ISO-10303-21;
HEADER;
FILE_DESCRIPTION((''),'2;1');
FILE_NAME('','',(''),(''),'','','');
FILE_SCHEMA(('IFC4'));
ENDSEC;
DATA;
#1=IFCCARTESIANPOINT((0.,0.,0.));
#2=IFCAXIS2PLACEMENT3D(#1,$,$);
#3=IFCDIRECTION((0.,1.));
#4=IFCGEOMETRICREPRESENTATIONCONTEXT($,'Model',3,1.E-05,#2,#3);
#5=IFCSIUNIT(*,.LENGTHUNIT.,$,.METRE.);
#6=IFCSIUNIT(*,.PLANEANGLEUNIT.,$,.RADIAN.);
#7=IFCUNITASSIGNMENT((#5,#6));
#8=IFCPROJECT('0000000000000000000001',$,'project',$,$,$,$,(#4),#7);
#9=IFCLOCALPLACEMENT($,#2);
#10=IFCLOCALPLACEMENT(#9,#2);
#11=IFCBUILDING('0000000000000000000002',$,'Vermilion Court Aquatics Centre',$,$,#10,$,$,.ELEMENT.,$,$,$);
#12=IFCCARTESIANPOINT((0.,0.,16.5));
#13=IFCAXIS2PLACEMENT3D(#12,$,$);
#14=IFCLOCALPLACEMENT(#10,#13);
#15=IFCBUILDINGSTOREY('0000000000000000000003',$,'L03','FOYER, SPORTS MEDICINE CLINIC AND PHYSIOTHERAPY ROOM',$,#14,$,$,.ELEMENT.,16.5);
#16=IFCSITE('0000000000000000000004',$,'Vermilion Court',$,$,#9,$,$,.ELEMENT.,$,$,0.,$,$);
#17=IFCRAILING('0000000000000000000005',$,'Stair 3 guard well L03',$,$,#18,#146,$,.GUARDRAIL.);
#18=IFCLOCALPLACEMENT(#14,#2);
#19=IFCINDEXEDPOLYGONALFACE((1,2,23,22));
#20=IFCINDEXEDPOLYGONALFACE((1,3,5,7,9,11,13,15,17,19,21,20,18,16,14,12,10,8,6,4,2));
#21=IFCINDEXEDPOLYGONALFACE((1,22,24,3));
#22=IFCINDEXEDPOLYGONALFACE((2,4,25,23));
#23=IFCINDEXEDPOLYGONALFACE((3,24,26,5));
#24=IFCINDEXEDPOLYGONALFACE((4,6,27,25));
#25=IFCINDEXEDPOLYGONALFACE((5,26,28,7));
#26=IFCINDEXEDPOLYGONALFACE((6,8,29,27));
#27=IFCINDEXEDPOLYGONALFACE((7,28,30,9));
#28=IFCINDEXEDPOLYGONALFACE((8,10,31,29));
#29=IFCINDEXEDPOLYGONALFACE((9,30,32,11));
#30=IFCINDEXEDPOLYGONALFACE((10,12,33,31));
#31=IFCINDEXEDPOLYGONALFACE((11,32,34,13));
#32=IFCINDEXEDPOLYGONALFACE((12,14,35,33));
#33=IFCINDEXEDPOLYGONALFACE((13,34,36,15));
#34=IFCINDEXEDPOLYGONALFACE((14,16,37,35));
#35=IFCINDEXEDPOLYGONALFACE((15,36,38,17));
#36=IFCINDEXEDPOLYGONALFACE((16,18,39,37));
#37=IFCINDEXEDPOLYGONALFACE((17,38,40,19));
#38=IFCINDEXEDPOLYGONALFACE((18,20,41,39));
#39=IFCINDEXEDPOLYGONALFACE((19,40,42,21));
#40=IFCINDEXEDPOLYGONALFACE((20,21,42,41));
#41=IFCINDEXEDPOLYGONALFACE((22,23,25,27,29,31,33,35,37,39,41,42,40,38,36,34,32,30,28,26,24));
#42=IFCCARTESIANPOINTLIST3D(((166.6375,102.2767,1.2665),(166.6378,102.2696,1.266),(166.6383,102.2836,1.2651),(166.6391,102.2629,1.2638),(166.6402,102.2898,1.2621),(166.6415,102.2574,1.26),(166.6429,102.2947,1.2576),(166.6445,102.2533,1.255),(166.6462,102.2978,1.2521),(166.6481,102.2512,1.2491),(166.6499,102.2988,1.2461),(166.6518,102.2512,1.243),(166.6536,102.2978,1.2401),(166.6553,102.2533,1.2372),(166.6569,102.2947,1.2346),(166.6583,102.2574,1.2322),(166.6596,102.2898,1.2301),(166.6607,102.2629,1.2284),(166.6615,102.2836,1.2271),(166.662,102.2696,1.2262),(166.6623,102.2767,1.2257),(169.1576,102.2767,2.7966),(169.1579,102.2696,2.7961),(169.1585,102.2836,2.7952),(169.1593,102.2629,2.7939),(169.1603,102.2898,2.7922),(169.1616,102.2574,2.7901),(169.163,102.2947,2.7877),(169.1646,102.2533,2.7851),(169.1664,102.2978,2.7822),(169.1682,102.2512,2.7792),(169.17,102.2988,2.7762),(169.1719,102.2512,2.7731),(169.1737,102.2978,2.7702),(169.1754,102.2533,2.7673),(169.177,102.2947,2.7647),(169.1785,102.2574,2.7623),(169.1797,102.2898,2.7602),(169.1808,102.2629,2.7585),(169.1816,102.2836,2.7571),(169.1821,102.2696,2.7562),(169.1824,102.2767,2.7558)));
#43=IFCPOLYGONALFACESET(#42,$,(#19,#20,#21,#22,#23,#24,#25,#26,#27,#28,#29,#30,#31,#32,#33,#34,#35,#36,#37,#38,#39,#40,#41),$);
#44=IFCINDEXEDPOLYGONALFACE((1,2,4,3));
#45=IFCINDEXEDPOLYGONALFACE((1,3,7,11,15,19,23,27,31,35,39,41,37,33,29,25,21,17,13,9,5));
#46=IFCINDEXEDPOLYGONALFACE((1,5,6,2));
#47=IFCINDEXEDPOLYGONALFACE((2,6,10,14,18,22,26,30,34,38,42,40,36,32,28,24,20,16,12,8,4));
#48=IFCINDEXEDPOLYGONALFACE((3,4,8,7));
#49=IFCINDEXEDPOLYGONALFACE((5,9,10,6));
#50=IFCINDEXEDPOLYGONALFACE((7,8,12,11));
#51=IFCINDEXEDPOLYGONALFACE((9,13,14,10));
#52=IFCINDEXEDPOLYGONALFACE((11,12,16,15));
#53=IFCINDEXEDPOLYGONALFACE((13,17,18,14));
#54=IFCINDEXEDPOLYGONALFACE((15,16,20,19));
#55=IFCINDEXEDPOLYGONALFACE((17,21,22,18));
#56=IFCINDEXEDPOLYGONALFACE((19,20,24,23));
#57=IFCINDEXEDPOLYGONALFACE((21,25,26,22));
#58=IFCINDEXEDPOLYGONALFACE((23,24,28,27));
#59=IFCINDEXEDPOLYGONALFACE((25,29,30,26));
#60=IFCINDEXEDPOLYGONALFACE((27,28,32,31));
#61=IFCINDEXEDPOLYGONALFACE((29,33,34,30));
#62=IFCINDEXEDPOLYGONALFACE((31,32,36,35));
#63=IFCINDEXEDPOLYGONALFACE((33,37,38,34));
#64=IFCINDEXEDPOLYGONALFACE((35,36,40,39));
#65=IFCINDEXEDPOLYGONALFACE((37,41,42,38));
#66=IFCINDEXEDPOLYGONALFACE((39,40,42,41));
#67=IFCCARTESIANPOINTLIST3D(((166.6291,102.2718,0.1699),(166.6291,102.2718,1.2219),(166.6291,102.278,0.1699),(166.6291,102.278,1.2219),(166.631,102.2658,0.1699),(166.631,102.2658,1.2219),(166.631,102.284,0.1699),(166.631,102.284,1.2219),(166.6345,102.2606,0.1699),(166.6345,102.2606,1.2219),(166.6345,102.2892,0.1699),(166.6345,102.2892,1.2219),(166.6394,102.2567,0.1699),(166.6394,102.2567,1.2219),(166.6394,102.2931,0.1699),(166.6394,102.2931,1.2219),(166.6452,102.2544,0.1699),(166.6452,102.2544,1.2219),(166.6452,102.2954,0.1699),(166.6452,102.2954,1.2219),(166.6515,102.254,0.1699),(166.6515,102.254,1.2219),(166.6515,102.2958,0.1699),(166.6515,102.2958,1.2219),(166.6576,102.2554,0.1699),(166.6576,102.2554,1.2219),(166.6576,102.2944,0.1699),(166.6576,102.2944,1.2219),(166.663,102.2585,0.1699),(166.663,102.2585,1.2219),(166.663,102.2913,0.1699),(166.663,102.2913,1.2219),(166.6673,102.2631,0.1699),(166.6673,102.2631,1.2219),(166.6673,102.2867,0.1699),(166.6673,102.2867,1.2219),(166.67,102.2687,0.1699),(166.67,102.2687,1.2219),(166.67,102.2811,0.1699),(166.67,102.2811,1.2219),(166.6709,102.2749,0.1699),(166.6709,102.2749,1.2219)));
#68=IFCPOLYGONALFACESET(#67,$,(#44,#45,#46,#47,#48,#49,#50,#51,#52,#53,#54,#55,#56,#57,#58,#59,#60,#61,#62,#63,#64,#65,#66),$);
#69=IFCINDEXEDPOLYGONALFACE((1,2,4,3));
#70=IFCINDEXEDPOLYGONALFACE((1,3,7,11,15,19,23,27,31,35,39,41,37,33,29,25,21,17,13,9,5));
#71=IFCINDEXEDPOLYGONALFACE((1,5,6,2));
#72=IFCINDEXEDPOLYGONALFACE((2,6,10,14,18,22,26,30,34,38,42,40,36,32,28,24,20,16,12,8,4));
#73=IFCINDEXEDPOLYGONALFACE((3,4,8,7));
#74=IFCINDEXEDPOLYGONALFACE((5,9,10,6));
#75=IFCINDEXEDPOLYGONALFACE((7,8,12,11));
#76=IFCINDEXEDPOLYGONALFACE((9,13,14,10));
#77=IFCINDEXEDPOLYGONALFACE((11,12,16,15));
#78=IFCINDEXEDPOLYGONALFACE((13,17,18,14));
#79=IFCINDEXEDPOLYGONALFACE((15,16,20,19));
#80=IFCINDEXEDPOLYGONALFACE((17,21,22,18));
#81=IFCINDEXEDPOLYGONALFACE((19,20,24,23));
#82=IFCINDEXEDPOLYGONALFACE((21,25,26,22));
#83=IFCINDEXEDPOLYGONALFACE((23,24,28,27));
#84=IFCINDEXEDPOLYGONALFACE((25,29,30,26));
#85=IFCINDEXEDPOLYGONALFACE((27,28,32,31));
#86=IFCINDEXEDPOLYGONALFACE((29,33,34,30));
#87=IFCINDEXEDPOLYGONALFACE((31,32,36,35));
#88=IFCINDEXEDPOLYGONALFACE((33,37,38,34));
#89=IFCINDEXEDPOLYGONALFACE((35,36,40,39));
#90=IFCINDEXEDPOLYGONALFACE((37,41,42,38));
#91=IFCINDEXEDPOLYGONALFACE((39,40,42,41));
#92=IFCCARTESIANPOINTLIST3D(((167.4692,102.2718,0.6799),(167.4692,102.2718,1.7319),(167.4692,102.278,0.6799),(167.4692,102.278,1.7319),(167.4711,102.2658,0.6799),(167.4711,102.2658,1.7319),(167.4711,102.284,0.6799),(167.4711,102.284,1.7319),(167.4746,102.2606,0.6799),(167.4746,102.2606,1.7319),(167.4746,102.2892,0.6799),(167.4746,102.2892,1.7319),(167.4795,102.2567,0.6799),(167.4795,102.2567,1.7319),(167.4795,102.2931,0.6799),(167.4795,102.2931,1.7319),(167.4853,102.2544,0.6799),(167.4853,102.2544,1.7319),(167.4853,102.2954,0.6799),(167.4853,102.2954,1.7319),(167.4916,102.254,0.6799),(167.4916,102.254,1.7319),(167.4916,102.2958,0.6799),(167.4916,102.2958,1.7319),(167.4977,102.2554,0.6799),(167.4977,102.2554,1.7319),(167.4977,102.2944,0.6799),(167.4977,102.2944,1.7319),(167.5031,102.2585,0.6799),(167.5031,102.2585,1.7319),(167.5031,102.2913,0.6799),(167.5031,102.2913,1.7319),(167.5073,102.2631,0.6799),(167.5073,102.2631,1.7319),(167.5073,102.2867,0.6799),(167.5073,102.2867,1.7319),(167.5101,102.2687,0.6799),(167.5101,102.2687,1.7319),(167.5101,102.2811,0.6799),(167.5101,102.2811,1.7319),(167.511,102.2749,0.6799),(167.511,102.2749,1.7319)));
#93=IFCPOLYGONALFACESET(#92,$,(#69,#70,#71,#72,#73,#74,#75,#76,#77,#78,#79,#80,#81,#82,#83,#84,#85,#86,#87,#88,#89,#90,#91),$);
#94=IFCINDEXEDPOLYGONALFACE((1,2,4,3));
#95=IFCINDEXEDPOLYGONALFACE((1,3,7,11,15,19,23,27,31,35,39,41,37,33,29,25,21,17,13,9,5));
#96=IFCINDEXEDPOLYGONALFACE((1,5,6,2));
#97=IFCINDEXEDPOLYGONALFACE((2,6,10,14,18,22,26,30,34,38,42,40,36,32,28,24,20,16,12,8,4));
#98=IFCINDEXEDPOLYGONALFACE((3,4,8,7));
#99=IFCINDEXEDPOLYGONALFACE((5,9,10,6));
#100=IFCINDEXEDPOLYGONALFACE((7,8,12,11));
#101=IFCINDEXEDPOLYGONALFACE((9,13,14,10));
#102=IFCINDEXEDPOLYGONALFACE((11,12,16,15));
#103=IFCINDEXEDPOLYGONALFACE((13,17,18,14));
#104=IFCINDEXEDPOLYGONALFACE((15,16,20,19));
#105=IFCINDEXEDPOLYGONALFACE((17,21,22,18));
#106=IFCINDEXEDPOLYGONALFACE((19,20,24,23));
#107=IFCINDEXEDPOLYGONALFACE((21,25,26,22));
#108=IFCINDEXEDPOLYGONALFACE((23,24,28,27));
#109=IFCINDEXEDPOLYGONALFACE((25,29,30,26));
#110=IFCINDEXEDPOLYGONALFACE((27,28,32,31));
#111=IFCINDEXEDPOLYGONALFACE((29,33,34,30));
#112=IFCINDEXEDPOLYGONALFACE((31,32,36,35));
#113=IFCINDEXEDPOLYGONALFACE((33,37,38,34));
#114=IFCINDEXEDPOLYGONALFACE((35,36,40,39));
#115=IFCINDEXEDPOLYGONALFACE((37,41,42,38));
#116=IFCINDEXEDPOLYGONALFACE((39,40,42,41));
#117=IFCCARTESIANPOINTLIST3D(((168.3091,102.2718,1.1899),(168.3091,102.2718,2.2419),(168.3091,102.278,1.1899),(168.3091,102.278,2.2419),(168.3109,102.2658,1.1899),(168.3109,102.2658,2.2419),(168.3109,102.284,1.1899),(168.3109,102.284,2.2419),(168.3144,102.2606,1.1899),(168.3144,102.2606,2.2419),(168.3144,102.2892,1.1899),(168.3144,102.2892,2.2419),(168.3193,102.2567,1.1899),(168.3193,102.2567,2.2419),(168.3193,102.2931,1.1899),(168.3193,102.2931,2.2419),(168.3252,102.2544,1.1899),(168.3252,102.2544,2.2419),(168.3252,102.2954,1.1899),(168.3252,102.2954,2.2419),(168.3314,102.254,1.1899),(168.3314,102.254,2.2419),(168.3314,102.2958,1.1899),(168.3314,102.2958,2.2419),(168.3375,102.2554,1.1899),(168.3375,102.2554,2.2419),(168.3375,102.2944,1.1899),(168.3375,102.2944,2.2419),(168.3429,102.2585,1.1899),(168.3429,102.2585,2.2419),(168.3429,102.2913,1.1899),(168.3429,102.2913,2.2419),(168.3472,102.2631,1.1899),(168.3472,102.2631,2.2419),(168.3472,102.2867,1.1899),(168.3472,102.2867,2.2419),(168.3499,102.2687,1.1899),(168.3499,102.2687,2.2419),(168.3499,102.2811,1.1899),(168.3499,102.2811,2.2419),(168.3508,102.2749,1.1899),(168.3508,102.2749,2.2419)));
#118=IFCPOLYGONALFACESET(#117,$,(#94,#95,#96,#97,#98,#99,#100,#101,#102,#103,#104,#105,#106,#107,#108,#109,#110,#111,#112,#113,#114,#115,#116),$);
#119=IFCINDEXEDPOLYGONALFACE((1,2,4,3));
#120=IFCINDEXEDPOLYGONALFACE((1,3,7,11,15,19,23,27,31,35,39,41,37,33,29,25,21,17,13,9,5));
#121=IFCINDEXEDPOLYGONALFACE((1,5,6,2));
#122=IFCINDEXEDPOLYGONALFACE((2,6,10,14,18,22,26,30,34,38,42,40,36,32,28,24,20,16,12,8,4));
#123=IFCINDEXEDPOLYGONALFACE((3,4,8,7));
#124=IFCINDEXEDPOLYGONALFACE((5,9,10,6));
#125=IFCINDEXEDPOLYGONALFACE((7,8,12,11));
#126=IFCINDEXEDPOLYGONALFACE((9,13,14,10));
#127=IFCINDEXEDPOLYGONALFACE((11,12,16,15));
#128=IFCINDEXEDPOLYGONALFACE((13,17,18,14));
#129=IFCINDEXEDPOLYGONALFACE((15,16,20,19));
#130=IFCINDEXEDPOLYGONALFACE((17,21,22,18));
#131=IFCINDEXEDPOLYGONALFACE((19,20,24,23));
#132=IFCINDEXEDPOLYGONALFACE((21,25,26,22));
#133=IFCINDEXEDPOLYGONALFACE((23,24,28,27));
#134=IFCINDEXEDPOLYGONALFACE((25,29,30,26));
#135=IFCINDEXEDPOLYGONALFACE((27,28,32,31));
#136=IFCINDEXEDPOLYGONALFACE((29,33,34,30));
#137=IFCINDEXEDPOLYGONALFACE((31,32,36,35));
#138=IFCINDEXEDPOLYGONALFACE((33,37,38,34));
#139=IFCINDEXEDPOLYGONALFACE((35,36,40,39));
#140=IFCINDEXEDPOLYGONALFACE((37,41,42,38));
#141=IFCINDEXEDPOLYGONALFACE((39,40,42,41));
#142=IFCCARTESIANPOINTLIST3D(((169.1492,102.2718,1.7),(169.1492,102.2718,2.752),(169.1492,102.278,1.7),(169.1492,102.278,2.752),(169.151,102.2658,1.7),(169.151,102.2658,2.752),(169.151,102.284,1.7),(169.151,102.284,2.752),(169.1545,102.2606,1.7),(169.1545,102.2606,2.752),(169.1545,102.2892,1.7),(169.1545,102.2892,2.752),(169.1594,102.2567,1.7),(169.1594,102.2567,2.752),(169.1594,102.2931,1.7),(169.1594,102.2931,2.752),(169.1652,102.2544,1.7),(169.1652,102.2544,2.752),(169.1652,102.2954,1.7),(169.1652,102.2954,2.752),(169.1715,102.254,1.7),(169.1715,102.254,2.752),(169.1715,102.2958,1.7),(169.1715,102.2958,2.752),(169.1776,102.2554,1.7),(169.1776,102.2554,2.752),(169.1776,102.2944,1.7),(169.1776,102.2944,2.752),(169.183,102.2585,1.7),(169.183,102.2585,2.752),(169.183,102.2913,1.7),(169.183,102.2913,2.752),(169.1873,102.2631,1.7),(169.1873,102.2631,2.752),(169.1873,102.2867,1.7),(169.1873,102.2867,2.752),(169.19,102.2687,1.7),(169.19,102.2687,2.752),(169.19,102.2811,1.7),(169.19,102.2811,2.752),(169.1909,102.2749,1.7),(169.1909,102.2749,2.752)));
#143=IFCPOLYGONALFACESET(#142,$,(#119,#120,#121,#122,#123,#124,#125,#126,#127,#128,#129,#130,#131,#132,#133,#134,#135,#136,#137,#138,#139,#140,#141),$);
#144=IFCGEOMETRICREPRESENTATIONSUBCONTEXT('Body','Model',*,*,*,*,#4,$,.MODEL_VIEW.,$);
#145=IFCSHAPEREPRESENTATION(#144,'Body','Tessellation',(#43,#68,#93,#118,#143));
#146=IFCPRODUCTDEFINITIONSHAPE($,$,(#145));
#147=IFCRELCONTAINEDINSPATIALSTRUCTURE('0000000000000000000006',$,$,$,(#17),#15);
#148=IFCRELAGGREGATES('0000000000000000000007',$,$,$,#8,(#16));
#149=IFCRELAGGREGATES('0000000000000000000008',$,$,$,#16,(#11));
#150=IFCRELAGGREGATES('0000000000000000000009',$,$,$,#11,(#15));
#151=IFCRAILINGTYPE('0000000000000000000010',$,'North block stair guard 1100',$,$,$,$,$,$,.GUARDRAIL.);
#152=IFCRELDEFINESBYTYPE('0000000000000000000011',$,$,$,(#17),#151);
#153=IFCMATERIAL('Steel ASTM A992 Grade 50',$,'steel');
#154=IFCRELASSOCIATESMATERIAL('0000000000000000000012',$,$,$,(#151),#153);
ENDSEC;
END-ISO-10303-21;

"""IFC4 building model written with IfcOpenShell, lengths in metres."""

from ifc_helpers import new_model, si_unit, direction, frame, origin, origin_2d, place, context, subcontext, project, spatial, circle, extrude, material, type_object, element, save


model = new_model("IFC4")

# Units and contexts
model_context = context("Model", 3, precision=1e-05, world=origin(), true_north=direction((0.0, 1.0)))
body_context = subcontext(model_context, "Body", "Model", "MODEL_VIEW")
ifc_project = project(units=[si_unit("LENGTHUNIT", "METRE"), si_unit("PLANEANGLEUNIT", "RADIAN")], contexts=[model_context])

# Site, building, storey
site_placement = place(None, origin())
site = spatial("IfcSite", under=ifc_project, at=site_placement, Name="Vermilion Court", CompositionType="ELEMENT", RefElevation=0.0)
building_placement = place(site_placement, origin())
building = spatial("IfcBuilding", under=site, at=building_placement, Name="Vermilion Court Aquatics Centre", CompositionType="ELEMENT")
storey_placement = place(building_placement, frame((0.0, 0.0, 16.5)))
storey = spatial("IfcBuildingStorey", under=building, at=storey_placement, Name="L03", Description="FOYER, SPORTS MEDICINE CLINIC AND PHYSIOTHERAPY ROOM", CompositionType="ELEMENT", Elevation=16.5)

# Railing
ifc_material_1 = material(Name="Steel ASTM A992 Grade 50", Category="steel")
railing_type_1 = type_object("IfcRailingType", Name="North block stair guard 1100", PredefinedType="GUARDRAIL", material=ifc_material_1)
railing_1_placement = place(storey_placement, frame((166.6499, 102.2749, 0.1699)))
element("IfcRailing", 1, at=railing_1_placement, inside=storey, type_object=railing_type_1, Name="Stair 3 guard well L03", PredefinedType="GUARDRAIL", context=body_context, shape_type="SweptSolid", body=[
    extrude(circle(Radius=0.0239, at=origin_2d()), frame((0.0, 0.0, 1.0762), z_axis=(0.854785, 0.0, 0.518982), x_axis=(0.0, 1.0, 0.0)), (0.0, 0.0, 1.0), 2.9482),
    extrude(circle(Radius=0.021, at=origin_2d()), origin(), (0.0, 0.0, 1.0), 1.052),
    extrude(circle(Radius=0.021, at=origin_2d()), frame((0.8401, 0.0, 0.51)), (0.0, 0.0, 1.0), 1.052),
    extrude(circle(Radius=0.021, at=origin_2d()), frame((1.6799, 0.0, 1.02)), (0.0, 0.0, 1.0), 1.052),
    extrude(circle(Radius=0.021, at=origin_2d()), frame((2.52, 0.0, 1.53)), (0.0, 0.0, 1.0), 1.052),
])

save(model, "model.ifc")
